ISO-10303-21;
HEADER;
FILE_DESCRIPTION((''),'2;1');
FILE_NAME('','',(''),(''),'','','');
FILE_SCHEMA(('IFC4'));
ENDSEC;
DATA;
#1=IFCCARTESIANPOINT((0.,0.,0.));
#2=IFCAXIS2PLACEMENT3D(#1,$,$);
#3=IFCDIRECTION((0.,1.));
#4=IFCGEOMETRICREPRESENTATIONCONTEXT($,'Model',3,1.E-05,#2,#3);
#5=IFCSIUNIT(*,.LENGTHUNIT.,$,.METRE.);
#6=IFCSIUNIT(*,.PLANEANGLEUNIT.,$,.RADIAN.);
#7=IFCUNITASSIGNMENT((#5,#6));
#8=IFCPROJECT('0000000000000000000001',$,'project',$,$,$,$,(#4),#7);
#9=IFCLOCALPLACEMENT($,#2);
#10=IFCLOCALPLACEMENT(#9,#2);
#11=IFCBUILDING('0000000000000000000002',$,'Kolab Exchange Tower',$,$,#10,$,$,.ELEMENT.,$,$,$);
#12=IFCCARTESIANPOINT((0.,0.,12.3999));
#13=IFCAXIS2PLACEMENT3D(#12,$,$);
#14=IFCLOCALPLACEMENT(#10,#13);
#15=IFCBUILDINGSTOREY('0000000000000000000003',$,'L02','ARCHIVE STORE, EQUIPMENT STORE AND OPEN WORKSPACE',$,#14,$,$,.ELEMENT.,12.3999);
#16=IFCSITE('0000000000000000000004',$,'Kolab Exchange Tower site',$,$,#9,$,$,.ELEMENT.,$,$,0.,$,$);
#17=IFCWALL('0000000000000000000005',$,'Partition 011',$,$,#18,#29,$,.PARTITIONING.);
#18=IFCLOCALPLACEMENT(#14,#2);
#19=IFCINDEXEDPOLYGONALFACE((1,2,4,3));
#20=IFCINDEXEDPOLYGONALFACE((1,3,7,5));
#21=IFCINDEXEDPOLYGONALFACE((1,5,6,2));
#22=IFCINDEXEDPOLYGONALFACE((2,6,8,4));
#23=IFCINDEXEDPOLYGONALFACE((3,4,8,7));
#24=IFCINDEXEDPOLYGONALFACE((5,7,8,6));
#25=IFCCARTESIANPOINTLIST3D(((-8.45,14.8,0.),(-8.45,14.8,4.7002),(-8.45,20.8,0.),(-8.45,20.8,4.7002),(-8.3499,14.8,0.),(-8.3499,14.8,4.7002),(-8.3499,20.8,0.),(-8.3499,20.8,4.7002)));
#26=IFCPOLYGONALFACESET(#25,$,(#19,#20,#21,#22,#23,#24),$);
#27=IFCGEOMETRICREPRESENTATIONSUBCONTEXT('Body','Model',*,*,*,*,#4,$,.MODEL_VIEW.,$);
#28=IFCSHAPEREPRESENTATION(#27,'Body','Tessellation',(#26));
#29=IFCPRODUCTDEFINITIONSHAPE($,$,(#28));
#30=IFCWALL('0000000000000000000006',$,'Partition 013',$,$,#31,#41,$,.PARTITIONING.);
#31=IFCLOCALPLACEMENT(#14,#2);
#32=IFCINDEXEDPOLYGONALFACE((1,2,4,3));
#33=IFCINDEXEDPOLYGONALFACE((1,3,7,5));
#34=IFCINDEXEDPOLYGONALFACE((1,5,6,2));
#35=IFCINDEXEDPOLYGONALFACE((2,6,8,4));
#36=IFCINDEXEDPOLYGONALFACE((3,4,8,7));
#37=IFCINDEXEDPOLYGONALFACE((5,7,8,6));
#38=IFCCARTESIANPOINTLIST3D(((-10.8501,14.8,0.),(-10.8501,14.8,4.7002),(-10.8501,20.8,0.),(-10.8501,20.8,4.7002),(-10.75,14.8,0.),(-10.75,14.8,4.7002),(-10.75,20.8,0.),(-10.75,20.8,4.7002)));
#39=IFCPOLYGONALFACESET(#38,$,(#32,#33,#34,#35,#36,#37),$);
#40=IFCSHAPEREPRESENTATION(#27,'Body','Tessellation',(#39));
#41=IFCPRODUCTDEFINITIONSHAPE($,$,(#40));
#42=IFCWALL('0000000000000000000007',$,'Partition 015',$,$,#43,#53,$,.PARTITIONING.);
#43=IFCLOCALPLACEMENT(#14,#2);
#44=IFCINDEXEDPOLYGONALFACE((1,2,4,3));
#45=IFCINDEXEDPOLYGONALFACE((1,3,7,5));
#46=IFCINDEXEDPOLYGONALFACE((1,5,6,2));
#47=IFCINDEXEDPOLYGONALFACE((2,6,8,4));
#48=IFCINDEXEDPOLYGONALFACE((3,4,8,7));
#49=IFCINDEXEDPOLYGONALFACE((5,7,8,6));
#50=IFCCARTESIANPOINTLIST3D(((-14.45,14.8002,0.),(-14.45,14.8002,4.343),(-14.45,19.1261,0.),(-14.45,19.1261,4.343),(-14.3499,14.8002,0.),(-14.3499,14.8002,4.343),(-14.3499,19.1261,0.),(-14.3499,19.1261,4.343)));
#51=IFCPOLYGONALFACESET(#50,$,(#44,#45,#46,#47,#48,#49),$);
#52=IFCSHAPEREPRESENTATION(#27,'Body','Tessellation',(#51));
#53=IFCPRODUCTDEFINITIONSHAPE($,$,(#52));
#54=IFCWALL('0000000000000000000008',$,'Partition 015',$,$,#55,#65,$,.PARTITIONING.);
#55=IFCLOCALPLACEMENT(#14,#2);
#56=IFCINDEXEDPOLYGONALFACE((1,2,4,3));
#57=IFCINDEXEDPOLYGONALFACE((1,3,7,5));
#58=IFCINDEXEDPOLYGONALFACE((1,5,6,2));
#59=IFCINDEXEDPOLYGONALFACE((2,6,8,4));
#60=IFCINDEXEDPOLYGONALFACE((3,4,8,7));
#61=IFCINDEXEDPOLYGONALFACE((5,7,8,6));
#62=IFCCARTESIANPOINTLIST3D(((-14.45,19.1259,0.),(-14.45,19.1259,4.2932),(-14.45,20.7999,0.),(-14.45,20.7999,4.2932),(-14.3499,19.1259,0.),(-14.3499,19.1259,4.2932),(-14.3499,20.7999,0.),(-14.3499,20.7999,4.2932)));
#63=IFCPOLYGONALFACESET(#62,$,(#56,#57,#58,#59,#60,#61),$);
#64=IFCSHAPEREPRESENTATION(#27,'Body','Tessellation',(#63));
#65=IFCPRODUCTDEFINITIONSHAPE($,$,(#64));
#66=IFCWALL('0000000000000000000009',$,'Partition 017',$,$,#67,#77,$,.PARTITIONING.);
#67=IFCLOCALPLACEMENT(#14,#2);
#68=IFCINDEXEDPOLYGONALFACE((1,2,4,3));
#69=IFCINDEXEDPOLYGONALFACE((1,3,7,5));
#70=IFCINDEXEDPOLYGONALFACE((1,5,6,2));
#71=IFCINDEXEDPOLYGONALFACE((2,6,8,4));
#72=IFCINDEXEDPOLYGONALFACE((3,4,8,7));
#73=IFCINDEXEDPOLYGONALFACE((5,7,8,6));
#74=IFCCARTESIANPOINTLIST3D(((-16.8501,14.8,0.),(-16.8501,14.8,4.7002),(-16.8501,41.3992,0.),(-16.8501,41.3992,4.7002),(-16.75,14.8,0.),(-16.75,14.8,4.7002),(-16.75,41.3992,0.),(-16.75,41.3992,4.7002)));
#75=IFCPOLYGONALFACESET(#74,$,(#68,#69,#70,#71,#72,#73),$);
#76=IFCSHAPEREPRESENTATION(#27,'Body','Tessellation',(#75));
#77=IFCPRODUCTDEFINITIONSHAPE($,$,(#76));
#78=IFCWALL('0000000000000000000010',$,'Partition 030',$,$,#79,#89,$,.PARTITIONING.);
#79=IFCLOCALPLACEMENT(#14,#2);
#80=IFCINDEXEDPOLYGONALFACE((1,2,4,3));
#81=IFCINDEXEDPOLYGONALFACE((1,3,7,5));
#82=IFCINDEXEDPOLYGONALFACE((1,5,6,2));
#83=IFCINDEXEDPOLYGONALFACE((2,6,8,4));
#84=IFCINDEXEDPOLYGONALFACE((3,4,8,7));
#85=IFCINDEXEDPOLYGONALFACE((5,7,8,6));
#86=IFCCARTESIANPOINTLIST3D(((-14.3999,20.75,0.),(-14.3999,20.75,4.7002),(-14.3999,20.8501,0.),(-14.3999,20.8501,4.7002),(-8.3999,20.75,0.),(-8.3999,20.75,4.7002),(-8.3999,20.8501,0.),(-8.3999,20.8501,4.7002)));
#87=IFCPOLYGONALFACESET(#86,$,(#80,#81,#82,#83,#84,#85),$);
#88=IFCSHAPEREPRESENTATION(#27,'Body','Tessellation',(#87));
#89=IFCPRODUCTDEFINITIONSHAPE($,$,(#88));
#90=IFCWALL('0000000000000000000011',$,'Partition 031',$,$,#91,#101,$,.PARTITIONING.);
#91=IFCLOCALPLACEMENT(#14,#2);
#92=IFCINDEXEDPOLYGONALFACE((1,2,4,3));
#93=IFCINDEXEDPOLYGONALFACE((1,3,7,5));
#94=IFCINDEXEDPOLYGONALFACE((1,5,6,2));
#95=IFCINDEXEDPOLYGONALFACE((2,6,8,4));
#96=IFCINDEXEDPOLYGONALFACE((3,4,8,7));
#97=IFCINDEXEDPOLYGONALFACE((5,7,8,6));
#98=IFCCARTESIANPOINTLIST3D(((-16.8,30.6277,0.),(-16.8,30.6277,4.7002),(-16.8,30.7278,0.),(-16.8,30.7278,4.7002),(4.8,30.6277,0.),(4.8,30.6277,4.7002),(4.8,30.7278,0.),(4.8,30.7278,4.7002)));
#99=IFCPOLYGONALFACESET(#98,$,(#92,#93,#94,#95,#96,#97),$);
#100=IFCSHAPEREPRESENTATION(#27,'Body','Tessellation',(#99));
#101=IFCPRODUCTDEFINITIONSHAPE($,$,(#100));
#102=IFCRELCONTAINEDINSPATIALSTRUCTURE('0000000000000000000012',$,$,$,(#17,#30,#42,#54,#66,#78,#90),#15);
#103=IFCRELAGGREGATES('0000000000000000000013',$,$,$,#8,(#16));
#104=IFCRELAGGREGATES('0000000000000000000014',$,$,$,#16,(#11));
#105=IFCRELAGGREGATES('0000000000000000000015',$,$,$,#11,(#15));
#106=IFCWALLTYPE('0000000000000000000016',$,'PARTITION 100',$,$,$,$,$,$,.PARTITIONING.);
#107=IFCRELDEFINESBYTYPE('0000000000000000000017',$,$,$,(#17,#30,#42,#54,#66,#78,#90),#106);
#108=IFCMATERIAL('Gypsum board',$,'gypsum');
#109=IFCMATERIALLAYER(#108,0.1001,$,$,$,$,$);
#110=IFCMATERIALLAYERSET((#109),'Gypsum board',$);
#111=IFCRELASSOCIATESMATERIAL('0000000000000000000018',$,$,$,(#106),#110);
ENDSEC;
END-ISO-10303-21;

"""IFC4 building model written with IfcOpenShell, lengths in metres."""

from ifc_helpers import new_model, si_unit, direction, frame, frame_2d, origin, place, context, subcontext, project, spatial, rectangle, extrude, material, layer, layer_set, type_object, element, save


model = new_model("IFC4")

# Units and contexts
model_context = context("Model", 3, precision=1e-05, world=origin(), true_north=direction((0.0, 1.0)))
body_context = subcontext(model_context, "Body", "Model", "MODEL_VIEW")
ifc_project = project(units=[si_unit("LENGTHUNIT", "METRE"), si_unit("PLANEANGLEUNIT", "RADIAN")], contexts=[model_context])

# Site, building, storey
site_placement = place(None, origin())
site = spatial("IfcSite", under=ifc_project, at=site_placement, Name="Kolab Exchange Tower site", CompositionType="ELEMENT", RefElevation=0.0)
building_placement = place(site_placement, origin())
building = spatial("IfcBuilding", under=site, at=building_placement, Name="Kolab Exchange Tower", CompositionType="ELEMENT")
storey_placement = place(building_placement, frame((0.0, 0.0, 12.3999)))
storey = spatial("IfcBuildingStorey", under=building, at=storey_placement, Name="L02", Description="ARCHIVE STORE, EQUIPMENT STORE AND OPEN WORKSPACE", CompositionType="ELEMENT", Elevation=12.3999)

# Walls
ifc_material_1 = material(Name="Gypsum board", Category="gypsum")
ifc_layer_1 = layer(ifc_material_1, 0.1001)
ifc_layer_set_1 = layer_set([ifc_layer_1], Name="Gypsum board")
wall_type_1 = type_object("IfcWallType", Name="PARTITION 100", PredefinedType="PARTITIONING", material=ifc_layer_set_1)
for number, where, z_axis, x_axis, name in (
    (1, (-8.3999, 14.8, 0.0), (0.0, 0.0, 1.0), (0.0, 1.0, 0.0), "Partition 011"),
    (2, (-10.8, 14.8, 0.0), (0.0, 0.0, 1.0), (0.0, 1.0, 0.0), "Partition 013"),
):
    element("IfcWall", number, at=place(storey_placement, frame(where, z_axis=z_axis, x_axis=x_axis)), inside=storey, type_object=wall_type_1, Name=name, PredefinedType="PARTITIONING", context=body_context, shape_type="SweptSolid", body=[
        extrude(rectangle(XDim=6.0, YDim=0.1001, at=frame_2d((3.0, 0.0))), origin(), (0.0, 0.0, 1.0), 4.7002),
    ])
wall_1_placement = place(storey_placement, frame((-14.3999, 14.8, 0.0), z_axis=(0.0, 0.0, 1.0), x_axis=(0.0, 1.0, 0.0)))
element("IfcWall", 3, at=wall_1_placement, inside=storey, type_object=wall_type_1, Name="Partition 015", PredefinedType="PARTITIONING", context=body_context, shape_type="SweptSolid", body=[
    extrude(rectangle(XDim=4.3259, YDim=0.1001, at=frame_2d((2.1631, 0.0))), origin(), (0.0, 0.0, 1.0), 4.343),
])
wall_2_placement = place(storey_placement, frame((-14.3999, 19.126, 0.0), z_axis=(0.0, 0.0, 1.0), x_axis=(0.0, 1.0, 0.0)))
element("IfcWall", 4, at=wall_2_placement, inside=storey, type_object=wall_type_1, Name="Partition 015", PredefinedType="PARTITIONING", context=body_context, shape_type="SweptSolid", body=[
    extrude(rectangle(XDim=1.6741, YDim=0.1001, at=frame_2d((0.8369, 0.0))), origin(), (0.0, 0.0, 1.0), 4.2932),
])
wall_3_placement = place(storey_placement, frame((-16.8, 14.8, 0.0), z_axis=(0.0, 0.0, 1.0), x_axis=(0.0, 1.0, 0.0)))
element("IfcWall", 5, at=wall_3_placement, inside=storey, type_object=wall_type_1, Name="Partition 017", PredefinedType="PARTITIONING", context=body_context, shape_type="SweptSolid", body=[
    extrude(rectangle(XDim=26.5991, YDim=0.1001, at=frame_2d((13.2996, 0.0))), origin(), (0.0, 0.0, 1.0), 4.7002),
])
wall_4_placement = place(storey_placement, frame((-14.3999, 20.8, 0.0), z_axis=(0.0, 0.0, 1.0), x_axis=(1.0, 0.0, 0.0)))
element("IfcWall", 6, at=wall_4_placement, inside=storey, type_object=wall_type_1, Name="Partition 030", PredefinedType="PARTITIONING", context=body_context, shape_type="SweptSolid", body=[
    extrude(rectangle(XDim=6.0, YDim=0.1001, at=frame_2d((3.0, 0.0))), origin(), (0.0, 0.0, 1.0), 4.7002),
])
wall_5_placement = place(storey_placement, frame((-16.8, 30.6777, 0.0), z_axis=(0.0, 0.0, 1.0), x_axis=(1.0, 0.0, 0.0)))
element("IfcWall", 7, at=wall_5_placement, inside=storey, type_object=wall_type_1, Name="Partition 031", PredefinedType="PARTITIONING", context=body_context, shape_type="SweptSolid", body=[
    extrude(rectangle(XDim=21.6001, YDim=0.1001, at=frame_2d((10.8, 0.0))), origin(), (0.0, 0.0, 1.0), 4.7002),
])

save(model, "model.ifc")
